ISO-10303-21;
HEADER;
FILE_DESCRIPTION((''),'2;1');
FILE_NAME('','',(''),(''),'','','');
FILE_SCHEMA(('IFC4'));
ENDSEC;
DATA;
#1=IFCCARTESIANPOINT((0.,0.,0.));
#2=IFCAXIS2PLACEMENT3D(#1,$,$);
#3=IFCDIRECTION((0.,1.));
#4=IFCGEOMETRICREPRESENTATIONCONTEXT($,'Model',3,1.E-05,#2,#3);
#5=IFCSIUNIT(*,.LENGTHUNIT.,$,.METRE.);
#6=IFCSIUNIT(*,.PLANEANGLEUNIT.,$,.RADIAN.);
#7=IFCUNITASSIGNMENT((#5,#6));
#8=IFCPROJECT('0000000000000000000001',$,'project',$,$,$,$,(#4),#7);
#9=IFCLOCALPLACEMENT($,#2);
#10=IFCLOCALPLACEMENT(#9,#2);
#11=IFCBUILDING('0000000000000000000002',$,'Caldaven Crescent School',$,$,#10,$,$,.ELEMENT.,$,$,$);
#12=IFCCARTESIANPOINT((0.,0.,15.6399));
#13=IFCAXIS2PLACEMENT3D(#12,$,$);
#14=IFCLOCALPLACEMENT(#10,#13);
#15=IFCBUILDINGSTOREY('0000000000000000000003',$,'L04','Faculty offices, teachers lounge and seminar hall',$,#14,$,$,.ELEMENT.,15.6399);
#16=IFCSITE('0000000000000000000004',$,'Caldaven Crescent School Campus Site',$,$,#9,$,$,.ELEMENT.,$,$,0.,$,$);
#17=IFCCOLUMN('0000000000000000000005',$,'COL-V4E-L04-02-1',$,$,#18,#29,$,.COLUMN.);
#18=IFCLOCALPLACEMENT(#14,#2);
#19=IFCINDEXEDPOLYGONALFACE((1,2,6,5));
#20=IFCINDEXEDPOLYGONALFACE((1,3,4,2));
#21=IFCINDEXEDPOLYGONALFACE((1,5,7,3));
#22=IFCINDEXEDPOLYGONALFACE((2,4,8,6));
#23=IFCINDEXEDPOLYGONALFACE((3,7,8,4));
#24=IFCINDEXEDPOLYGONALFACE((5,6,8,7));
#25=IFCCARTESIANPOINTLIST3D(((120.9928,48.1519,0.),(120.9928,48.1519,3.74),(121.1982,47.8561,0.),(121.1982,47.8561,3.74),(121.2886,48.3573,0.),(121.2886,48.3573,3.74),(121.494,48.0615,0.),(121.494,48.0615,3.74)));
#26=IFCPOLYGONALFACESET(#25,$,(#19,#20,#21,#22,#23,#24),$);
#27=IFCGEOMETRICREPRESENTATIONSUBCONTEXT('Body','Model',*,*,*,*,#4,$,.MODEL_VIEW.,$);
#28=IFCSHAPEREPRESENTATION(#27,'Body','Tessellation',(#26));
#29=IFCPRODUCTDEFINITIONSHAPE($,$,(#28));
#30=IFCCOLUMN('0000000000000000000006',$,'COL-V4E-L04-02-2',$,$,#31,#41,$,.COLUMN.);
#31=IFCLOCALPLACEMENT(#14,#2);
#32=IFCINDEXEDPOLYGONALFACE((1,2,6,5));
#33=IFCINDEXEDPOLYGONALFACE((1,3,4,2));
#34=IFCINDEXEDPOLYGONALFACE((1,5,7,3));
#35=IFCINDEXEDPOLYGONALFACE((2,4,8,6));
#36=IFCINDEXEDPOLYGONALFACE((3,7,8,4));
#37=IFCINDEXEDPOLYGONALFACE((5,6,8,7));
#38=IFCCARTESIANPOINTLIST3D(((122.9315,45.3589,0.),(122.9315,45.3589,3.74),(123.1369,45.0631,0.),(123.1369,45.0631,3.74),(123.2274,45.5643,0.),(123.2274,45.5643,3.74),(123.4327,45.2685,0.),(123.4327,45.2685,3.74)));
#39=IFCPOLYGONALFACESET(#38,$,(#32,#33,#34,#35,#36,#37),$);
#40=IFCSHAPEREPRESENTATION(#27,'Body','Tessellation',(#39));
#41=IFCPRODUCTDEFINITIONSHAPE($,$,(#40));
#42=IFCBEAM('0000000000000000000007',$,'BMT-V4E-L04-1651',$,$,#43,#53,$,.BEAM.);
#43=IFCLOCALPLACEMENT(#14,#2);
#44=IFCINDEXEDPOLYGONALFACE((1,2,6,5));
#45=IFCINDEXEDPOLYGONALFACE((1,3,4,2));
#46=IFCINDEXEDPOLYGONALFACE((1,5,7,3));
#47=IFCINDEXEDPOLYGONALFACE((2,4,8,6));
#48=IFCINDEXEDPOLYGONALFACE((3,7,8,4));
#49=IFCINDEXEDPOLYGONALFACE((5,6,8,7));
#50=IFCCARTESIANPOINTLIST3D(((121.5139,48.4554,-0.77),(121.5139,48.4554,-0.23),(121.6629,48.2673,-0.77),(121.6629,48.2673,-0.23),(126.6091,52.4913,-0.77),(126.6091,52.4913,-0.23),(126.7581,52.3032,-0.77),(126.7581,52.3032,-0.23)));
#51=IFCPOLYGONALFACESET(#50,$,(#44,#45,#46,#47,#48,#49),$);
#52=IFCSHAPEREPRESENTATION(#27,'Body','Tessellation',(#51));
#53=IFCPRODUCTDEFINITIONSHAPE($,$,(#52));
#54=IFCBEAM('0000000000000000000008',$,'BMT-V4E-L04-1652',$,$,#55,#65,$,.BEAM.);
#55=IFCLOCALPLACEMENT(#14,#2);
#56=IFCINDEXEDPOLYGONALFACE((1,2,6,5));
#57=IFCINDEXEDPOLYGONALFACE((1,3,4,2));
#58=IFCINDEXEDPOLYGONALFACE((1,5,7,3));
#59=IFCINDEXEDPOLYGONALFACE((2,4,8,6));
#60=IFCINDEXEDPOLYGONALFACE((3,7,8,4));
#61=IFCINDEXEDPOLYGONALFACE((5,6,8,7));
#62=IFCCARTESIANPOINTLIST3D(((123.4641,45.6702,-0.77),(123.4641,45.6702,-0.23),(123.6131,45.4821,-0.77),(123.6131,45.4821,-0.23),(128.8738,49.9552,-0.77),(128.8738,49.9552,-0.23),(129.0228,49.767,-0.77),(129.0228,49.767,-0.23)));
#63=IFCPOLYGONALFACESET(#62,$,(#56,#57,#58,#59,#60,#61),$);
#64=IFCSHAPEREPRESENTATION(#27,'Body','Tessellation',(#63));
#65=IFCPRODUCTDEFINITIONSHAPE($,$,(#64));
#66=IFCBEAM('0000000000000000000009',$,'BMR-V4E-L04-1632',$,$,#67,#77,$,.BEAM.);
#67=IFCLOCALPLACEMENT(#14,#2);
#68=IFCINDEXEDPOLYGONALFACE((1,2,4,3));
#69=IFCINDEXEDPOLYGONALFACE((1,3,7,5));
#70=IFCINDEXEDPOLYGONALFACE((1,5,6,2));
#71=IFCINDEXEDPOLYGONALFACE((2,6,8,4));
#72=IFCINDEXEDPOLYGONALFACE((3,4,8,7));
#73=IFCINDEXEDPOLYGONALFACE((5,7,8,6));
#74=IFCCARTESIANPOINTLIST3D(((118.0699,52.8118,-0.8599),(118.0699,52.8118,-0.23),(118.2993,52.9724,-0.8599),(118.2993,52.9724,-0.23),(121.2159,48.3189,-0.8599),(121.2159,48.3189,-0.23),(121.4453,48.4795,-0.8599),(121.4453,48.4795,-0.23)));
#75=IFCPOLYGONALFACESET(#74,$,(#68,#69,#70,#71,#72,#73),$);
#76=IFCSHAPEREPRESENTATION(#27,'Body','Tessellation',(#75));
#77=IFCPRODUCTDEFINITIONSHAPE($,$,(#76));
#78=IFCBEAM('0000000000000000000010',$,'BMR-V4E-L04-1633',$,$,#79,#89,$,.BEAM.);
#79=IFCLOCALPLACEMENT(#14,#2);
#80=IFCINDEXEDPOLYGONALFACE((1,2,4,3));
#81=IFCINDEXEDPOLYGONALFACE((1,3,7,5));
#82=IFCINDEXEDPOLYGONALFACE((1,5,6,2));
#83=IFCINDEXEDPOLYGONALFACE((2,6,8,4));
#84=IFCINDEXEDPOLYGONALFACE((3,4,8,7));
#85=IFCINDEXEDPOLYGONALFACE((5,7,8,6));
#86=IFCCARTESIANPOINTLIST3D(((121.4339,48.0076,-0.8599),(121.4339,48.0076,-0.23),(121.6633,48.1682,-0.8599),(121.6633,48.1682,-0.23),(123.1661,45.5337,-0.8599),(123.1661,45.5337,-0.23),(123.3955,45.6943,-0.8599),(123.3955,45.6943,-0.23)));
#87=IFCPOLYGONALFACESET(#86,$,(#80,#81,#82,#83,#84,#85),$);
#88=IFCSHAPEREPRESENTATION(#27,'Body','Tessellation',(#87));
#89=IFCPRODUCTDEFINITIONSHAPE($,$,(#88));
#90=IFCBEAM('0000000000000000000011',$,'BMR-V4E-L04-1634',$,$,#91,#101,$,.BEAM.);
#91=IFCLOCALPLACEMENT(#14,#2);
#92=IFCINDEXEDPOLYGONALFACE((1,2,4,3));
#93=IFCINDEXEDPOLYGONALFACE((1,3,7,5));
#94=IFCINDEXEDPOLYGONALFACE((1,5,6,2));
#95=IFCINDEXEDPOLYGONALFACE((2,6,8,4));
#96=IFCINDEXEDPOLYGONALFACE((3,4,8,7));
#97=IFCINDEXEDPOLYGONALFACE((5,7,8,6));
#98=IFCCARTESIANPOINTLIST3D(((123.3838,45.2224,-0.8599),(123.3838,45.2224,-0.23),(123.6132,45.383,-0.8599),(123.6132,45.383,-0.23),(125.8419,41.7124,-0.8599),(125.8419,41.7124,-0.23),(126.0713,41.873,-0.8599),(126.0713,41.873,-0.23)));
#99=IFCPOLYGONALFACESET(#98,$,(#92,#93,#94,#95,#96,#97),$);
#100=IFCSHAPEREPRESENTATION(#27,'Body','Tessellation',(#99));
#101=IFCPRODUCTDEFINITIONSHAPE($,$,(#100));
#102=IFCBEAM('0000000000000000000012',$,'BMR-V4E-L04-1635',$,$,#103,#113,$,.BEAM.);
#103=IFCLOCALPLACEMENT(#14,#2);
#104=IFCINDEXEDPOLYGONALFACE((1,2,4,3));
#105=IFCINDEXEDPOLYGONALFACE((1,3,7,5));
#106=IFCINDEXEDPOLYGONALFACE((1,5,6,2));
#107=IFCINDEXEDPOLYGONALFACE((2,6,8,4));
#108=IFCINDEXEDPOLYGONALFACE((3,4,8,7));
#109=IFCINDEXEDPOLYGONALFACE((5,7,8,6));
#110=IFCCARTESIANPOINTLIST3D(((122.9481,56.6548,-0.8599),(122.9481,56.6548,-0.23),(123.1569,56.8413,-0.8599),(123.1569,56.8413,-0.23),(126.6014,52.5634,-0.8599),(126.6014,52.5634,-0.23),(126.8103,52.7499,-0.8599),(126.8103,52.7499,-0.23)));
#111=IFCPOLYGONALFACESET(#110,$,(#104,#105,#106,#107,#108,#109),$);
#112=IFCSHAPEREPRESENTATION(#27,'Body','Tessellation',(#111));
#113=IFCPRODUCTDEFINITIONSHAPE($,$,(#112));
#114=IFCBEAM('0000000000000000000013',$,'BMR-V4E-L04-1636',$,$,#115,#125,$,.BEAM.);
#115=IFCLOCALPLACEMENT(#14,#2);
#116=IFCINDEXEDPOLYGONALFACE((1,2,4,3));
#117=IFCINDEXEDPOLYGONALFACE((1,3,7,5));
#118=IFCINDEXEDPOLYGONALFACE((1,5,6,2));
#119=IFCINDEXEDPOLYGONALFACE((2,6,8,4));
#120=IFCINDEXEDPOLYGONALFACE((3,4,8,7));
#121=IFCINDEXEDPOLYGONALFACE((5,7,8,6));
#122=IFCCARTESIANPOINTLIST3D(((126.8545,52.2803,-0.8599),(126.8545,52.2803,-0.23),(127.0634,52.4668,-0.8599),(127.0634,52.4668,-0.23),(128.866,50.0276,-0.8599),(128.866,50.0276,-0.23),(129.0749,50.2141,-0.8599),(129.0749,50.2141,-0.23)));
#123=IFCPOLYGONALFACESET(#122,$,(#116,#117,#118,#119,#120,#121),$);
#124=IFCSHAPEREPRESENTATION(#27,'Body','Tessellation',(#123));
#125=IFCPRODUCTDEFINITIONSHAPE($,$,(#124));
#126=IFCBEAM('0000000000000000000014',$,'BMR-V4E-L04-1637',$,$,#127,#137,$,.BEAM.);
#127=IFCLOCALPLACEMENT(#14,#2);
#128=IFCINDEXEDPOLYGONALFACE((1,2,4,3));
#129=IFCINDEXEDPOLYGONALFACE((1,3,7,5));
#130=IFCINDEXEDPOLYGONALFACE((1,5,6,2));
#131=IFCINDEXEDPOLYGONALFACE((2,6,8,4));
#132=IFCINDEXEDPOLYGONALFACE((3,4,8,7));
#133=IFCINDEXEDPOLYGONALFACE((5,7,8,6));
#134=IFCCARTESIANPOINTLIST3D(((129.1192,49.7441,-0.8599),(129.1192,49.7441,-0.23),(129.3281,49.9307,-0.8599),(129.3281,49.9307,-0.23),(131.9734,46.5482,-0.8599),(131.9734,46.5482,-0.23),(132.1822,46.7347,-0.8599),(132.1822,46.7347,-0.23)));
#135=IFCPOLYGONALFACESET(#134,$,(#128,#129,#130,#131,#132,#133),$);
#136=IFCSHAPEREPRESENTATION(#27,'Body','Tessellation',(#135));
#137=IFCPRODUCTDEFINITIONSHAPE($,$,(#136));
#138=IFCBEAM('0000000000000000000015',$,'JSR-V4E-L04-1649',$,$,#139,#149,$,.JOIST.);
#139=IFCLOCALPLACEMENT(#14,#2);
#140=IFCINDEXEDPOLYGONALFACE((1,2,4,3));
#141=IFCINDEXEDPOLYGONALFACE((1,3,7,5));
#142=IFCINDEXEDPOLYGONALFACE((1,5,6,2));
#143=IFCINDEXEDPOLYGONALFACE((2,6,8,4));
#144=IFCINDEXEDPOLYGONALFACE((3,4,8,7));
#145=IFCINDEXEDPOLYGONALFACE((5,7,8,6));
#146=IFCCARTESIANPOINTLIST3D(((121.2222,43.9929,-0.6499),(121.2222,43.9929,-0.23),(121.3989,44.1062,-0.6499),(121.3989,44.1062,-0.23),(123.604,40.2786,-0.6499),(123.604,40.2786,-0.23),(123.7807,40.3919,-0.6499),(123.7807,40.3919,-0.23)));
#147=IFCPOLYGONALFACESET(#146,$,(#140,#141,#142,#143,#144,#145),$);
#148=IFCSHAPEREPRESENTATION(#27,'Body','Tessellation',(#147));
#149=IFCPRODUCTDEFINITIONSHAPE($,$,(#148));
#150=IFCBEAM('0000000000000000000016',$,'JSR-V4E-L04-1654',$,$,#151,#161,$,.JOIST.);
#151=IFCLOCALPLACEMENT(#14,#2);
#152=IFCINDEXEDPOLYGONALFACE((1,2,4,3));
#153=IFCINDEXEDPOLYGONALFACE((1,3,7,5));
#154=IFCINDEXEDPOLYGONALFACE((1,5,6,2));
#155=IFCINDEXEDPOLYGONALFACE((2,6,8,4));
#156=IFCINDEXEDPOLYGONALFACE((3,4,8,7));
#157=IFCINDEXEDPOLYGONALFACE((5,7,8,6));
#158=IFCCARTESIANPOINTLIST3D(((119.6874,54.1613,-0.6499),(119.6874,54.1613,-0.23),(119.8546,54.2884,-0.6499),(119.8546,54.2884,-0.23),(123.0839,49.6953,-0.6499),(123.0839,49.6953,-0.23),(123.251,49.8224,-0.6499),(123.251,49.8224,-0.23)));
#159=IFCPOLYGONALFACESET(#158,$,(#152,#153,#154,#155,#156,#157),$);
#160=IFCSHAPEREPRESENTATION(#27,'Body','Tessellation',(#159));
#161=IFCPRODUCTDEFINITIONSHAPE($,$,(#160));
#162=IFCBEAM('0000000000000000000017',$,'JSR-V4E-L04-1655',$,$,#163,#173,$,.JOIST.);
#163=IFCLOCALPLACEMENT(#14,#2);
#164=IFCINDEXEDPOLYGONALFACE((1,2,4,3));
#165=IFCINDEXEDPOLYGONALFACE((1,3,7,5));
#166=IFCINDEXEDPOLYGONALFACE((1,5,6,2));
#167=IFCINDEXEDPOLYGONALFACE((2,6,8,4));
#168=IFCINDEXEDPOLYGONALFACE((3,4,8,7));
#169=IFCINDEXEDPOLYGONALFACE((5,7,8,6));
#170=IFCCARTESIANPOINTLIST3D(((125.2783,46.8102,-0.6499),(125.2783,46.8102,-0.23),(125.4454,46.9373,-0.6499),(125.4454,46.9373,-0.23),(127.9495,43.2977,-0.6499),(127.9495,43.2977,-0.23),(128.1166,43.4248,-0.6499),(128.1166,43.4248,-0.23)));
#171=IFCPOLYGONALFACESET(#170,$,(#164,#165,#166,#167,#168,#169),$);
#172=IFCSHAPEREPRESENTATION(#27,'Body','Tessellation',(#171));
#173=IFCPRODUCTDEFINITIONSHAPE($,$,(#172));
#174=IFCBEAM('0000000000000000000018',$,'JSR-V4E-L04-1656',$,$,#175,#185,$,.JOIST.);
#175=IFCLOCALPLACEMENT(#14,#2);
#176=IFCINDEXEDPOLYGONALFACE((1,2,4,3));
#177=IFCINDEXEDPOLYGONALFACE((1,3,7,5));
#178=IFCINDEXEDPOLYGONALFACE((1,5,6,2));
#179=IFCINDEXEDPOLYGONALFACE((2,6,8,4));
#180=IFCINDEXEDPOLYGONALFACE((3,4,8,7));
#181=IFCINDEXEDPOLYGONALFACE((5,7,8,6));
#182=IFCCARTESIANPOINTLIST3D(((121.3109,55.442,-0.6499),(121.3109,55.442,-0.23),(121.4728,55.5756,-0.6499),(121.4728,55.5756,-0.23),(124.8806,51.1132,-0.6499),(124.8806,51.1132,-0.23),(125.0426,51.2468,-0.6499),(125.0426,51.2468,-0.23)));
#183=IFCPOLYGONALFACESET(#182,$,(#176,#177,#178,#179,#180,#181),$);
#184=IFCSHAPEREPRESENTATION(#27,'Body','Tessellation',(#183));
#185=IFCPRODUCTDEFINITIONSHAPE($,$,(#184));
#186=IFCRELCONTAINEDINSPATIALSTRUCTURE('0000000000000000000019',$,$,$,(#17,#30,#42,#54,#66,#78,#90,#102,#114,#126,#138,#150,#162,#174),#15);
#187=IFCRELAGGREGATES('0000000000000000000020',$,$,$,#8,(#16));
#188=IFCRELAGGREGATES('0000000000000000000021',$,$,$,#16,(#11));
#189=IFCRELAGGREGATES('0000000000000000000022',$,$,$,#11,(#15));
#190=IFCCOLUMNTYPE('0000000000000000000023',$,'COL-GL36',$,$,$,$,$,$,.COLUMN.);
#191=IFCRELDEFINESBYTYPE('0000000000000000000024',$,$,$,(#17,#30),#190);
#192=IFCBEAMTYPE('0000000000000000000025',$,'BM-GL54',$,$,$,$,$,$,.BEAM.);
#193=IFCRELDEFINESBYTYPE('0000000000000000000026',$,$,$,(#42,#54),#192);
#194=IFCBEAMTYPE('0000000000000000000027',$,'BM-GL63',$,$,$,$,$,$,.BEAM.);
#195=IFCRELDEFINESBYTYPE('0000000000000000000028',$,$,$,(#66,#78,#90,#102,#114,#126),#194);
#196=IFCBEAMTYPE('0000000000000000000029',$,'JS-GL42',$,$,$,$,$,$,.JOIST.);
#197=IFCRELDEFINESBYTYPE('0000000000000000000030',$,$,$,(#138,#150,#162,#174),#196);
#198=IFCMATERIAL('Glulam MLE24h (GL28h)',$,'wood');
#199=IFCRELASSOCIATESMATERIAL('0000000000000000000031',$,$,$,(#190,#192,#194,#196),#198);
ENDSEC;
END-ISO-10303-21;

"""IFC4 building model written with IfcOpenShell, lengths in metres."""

from ifc_helpers import new_model, si_unit, direction, frame, origin, origin_2d, place, context, subcontext, project, spatial, rectangle, extrude, material, material_profile, profile_set, type_object, element, save


model = new_model("IFC4")

# Units and contexts
model_context = context("Model", 3, precision=1e-05, world=origin(), true_north=direction((0.0, 1.0)))
body_context = subcontext(model_context, "Body", "Model", "MODEL_VIEW")
ifc_project = project(units=[si_unit("LENGTHUNIT", "METRE"), si_unit("PLANEANGLEUNIT", "RADIAN")], contexts=[model_context])

# Site, building, storey
site_placement = place(None, origin())
site = spatial("IfcSite", under=ifc_project, at=site_placement, Name="Caldaven Crescent School Campus Site", CompositionType="ELEMENT", RefElevation=0.0)
building_placement = place(site_placement, origin())
building = spatial("IfcBuilding", under=site, at=building_placement, Name="Caldaven Crescent School", CompositionType="ELEMENT")
storey_placement = place(building_placement, frame((0.0, 0.0, 15.6399)))
storey = spatial("IfcBuildingStorey", under=building, at=storey_placement, Name="L04", Description="Faculty offices, teachers lounge and seminar hall", CompositionType="ELEMENT", Elevation=15.6399)

# Columns
ifc_material_1 = material(Name="Glulam MLE24h (GL28h)", Category="wood")
ifc_material_profile_1 = material_profile(ifc_material_1, rectangle(XDim=0.3601, YDim=0.3601, at=origin_2d()), Name="MLE 360x360")
ifc_profile_set_1 = profile_set([ifc_material_profile_1], Name="Glulam MLE24h (GL28h)")
column_type = type_object("IfcColumnType", Name="COL-GL36", PredefinedType="COLUMN", material=ifc_profile_set_1)
for number, where, z_axis, x_axis, name in (
    (1, (121.2434, 48.1067, 0.0), (0.0, 0.0, 1.0), (0.570284, -0.821448, 0.0), "COL-V4E-L04-02-1"),
    (2, (123.1821, 45.3137, 0.0), (0.0, 0.0, 1.0), (0.570284, -0.821448, 0.0), "COL-V4E-L04-02-2"),
):
    element("IfcColumn", number, at=place(storey_placement, frame(where, z_axis=z_axis, x_axis=x_axis)), inside=storey, type_object=column_type, Name=name, PredefinedType="COLUMN", context=body_context, shape_type="SweptSolid", body=[
        extrude(rectangle(XDim=0.3601, YDim=0.3601, at=origin_2d()), origin(), (0.0, 0.0, 1.0), 3.74),
    ])

# Beams
ifc_material_profile_2 = material_profile(ifc_material_1, rectangle(XDim=0.24, YDim=0.54, at=origin_2d()), Name="MLE 240x540")
ifc_profile_set_2 = profile_set([ifc_material_profile_2], Name="Glulam MLE24h (GL28h)")
beam_type_1 = type_object("IfcBeamType", Name="BM-GL54", PredefinedType="BEAM", material=ifc_profile_set_2)
beam_1_placement = place(storey_placement, frame((121.5884, 48.3613, -0.5), z_axis=(0.783883, 0.620909, 0.0), x_axis=(-0.620909, 0.783883, 0.0)))
element("IfcBeam", 3, at=beam_1_placement, inside=storey, type_object=beam_type_1, Name="BMT-V4E-L04-1651", PredefinedType="BEAM", context=body_context, shape_type="SweptSolid", body=[
    extrude(rectangle(XDim=0.24, YDim=0.54, at=origin_2d()), origin(), (0.0, 0.0, 1.0), 6.5),
])
beam_2_placement = place(storey_placement, frame((123.5386, 45.5762, -0.5), z_axis=(0.783887, 0.620904, 0.0), x_axis=(-0.620904, 0.783887, 0.0)))
element("IfcBeam", 4, at=beam_2_placement, inside=storey, type_object=beam_type_1, Name="BMT-V4E-L04-1652", PredefinedType="BEAM", context=body_context, shape_type="SweptSolid", body=[
    extrude(rectangle(XDim=0.24, YDim=0.54, at=origin_2d()), origin(), (0.0, 0.0, 1.0), 6.9011),
])
ifc_material_profile_3 = material_profile(ifc_material_1, rectangle(XDim=0.28, YDim=0.6299, at=origin_2d()), Name="MLE 280x630")
ifc_profile_set_3 = profile_set([ifc_material_profile_3], Name="Glulam MLE24h (GL28h)")
beam_type_2 = type_object("IfcBeamType", Name="BM-GL63", PredefinedType="BEAM", material=ifc_profile_set_3)
beam_3_placement = place(storey_placement, frame((118.1846, 52.8921, -0.5449), z_axis=(0.573579, -0.81915, 0.0), x_axis=(0.81915, 0.573579, 0.0)))
element("IfcBeam", 5, at=beam_3_placement, inside=storey, type_object=beam_type_2, Name="BMR-V4E-L04-1632", PredefinedType="BEAM", context=body_context, shape_type="SweptSolid", body=[
    extrude(rectangle(XDim=0.28, YDim=0.6299, at=origin_2d()), origin(), (0.0, 0.0, 1.0), 5.4849),
])
beam_4_placement = place(storey_placement, frame((121.5486, 48.0879, -0.5449), z_axis=(0.573565, -0.81916, 0.0), x_axis=(0.81916, 0.573565, 0.0)))
element("IfcBeam", 6, at=beam_4_placement, inside=storey, type_object=beam_type_2, Name="BMR-V4E-L04-1633", PredefinedType="BEAM", context=body_context, shape_type="SweptSolid", body=[
    extrude(rectangle(XDim=0.28, YDim=0.6299, at=origin_2d()), origin(), (0.0, 0.0, 1.0), 3.02),
])
beam_5_placement = place(storey_placement, frame((123.4985, 45.3027, -0.5449), z_axis=(0.573619, -0.819122, 0.0), x_axis=(0.819122, 0.573619, 0.0)))
element("IfcBeam", 7, at=beam_5_placement, inside=storey, type_object=beam_type_2, Name="BMR-V4E-L04-1634", PredefinedType="BEAM", context=body_context, shape_type="SweptSolid", body=[
    extrude(rectangle(XDim=0.28, YDim=0.6299, at=origin_2d()), origin(), (0.0, 0.0, 1.0), 4.2852),
])
beam_6_placement = place(storey_placement, frame((123.0525, 56.748, -0.5449), z_axis=(0.666053, -0.745904, 0.0), x_axis=(0.745904, 0.666053, 0.0)))
element("IfcBeam", 8, at=beam_6_placement, inside=storey, type_object=beam_type_2, Name="BMR-V4E-L04-1635", PredefinedType="BEAM", context=body_context, shape_type="SweptSolid", body=[
    extrude(rectangle(XDim=0.28, YDim=0.6299, at=origin_2d()), origin(), (0.0, 0.0, 1.0), 5.4851),
])
beam_7_placement = place(storey_placement, frame((126.959, 52.3735, -0.5449), z_axis=(0.666043, -0.745913, 0.0), x_axis=(0.745913, 0.666043, 0.0)))
element("IfcBeam", 9, at=beam_7_placement, inside=storey, type_object=beam_type_2, Name="BMR-V4E-L04-1636", PredefinedType="BEAM", context=body_context, shape_type="SweptSolid", body=[
    extrude(rectangle(XDim=0.28, YDim=0.6299, at=origin_2d()), origin(), (0.0, 0.0, 1.0), 3.02),
])
beam_8_placement = place(storey_placement, frame((129.2236, 49.8374, -0.5449), z_axis=(0.666098, -0.745864, 0.0), x_axis=(0.745864, 0.666098, 0.0)))
element("IfcBeam", 10, at=beam_8_placement, inside=storey, type_object=beam_type_2, Name="BMR-V4E-L04-1637", PredefinedType="BEAM", context=body_context, shape_type="SweptSolid", body=[
    extrude(rectangle(XDim=0.28, YDim=0.6299, at=origin_2d()), origin(), (0.0, 0.0, 1.0), 4.2849),
])
ifc_material_profile_4 = material_profile(ifc_material_1, rectangle(XDim=0.21, YDim=0.4199, at=origin_2d()), Name="MLE 210x420")
ifc_profile_set_4 = profile_set([ifc_material_profile_4], Name="Glulam MLE24h (GL28h)")
beam_type_3 = type_object("IfcBeamType", Name="JS-GL42", PredefinedType="JOIST", material=ifc_profile_set_4)
beam_9_placement = place(storey_placement, frame((121.3105, 44.0496, -0.4399), z_axis=(0.539801, -0.841793, 0.0), x_axis=(0.841793, 0.539801, 0.0)))
element("IfcBeam", 11, at=beam_9_placement, inside=storey, type_object=beam_type_3, Name="JSR-V4E-L04-1649", PredefinedType="JOIST", context=body_context, shape_type="SweptSolid", body=[
    extrude(rectangle(XDim=0.21, YDim=0.4199, at=origin_2d()), origin(), (0.0, 0.0, 1.0), 4.4124),
])
beam_10_placement = place(storey_placement, frame((119.771, 54.2249, -0.4399), z_axis=(0.60534, -0.795967, 0.0), x_axis=(0.795967, 0.60534, 0.0)))
element("IfcBeam", 12, at=beam_10_placement, inside=storey, type_object=beam_type_3, Name="JSR-V4E-L04-1654", PredefinedType="JOIST", context=body_context, shape_type="SweptSolid", body=[
    extrude(rectangle(XDim=0.21, YDim=0.4199, at=origin_2d()), origin(), (0.0, 0.0, 1.0), 5.6108),
])
beam_11_placement = place(storey_placement, frame((125.3618, 46.8738, -0.4399), z_axis=(0.605325, -0.795979, 0.0), x_axis=(0.795979, 0.605325, 0.0)))
element("IfcBeam", 13, at=beam_11_placement, inside=storey, type_object=beam_type_3, Name="JSR-V4E-L04-1655", PredefinedType="JOIST", context=body_context, shape_type="SweptSolid", body=[
    extrude(rectangle(XDim=0.21, YDim=0.4199, at=origin_2d()), origin(), (0.0, 0.0, 1.0), 4.4128),
])
beam_12_placement = place(storey_placement, frame((121.3918, 55.5088, -0.4399), z_axis=(0.636226, -0.771503, 0.0), x_axis=(0.771503, 0.636226, 0.0)))
element("IfcBeam", 14, at=beam_12_placement, inside=storey, type_object=beam_type_3, Name="JSR-V4E-L04-1656", PredefinedType="JOIST", context=body_context, shape_type="SweptSolid", body=[
    extrude(rectangle(XDim=0.21, YDim=0.4199, at=origin_2d()), origin(), (0.0, 0.0, 1.0), 5.6108),
])

save(model, "model.ifc")
